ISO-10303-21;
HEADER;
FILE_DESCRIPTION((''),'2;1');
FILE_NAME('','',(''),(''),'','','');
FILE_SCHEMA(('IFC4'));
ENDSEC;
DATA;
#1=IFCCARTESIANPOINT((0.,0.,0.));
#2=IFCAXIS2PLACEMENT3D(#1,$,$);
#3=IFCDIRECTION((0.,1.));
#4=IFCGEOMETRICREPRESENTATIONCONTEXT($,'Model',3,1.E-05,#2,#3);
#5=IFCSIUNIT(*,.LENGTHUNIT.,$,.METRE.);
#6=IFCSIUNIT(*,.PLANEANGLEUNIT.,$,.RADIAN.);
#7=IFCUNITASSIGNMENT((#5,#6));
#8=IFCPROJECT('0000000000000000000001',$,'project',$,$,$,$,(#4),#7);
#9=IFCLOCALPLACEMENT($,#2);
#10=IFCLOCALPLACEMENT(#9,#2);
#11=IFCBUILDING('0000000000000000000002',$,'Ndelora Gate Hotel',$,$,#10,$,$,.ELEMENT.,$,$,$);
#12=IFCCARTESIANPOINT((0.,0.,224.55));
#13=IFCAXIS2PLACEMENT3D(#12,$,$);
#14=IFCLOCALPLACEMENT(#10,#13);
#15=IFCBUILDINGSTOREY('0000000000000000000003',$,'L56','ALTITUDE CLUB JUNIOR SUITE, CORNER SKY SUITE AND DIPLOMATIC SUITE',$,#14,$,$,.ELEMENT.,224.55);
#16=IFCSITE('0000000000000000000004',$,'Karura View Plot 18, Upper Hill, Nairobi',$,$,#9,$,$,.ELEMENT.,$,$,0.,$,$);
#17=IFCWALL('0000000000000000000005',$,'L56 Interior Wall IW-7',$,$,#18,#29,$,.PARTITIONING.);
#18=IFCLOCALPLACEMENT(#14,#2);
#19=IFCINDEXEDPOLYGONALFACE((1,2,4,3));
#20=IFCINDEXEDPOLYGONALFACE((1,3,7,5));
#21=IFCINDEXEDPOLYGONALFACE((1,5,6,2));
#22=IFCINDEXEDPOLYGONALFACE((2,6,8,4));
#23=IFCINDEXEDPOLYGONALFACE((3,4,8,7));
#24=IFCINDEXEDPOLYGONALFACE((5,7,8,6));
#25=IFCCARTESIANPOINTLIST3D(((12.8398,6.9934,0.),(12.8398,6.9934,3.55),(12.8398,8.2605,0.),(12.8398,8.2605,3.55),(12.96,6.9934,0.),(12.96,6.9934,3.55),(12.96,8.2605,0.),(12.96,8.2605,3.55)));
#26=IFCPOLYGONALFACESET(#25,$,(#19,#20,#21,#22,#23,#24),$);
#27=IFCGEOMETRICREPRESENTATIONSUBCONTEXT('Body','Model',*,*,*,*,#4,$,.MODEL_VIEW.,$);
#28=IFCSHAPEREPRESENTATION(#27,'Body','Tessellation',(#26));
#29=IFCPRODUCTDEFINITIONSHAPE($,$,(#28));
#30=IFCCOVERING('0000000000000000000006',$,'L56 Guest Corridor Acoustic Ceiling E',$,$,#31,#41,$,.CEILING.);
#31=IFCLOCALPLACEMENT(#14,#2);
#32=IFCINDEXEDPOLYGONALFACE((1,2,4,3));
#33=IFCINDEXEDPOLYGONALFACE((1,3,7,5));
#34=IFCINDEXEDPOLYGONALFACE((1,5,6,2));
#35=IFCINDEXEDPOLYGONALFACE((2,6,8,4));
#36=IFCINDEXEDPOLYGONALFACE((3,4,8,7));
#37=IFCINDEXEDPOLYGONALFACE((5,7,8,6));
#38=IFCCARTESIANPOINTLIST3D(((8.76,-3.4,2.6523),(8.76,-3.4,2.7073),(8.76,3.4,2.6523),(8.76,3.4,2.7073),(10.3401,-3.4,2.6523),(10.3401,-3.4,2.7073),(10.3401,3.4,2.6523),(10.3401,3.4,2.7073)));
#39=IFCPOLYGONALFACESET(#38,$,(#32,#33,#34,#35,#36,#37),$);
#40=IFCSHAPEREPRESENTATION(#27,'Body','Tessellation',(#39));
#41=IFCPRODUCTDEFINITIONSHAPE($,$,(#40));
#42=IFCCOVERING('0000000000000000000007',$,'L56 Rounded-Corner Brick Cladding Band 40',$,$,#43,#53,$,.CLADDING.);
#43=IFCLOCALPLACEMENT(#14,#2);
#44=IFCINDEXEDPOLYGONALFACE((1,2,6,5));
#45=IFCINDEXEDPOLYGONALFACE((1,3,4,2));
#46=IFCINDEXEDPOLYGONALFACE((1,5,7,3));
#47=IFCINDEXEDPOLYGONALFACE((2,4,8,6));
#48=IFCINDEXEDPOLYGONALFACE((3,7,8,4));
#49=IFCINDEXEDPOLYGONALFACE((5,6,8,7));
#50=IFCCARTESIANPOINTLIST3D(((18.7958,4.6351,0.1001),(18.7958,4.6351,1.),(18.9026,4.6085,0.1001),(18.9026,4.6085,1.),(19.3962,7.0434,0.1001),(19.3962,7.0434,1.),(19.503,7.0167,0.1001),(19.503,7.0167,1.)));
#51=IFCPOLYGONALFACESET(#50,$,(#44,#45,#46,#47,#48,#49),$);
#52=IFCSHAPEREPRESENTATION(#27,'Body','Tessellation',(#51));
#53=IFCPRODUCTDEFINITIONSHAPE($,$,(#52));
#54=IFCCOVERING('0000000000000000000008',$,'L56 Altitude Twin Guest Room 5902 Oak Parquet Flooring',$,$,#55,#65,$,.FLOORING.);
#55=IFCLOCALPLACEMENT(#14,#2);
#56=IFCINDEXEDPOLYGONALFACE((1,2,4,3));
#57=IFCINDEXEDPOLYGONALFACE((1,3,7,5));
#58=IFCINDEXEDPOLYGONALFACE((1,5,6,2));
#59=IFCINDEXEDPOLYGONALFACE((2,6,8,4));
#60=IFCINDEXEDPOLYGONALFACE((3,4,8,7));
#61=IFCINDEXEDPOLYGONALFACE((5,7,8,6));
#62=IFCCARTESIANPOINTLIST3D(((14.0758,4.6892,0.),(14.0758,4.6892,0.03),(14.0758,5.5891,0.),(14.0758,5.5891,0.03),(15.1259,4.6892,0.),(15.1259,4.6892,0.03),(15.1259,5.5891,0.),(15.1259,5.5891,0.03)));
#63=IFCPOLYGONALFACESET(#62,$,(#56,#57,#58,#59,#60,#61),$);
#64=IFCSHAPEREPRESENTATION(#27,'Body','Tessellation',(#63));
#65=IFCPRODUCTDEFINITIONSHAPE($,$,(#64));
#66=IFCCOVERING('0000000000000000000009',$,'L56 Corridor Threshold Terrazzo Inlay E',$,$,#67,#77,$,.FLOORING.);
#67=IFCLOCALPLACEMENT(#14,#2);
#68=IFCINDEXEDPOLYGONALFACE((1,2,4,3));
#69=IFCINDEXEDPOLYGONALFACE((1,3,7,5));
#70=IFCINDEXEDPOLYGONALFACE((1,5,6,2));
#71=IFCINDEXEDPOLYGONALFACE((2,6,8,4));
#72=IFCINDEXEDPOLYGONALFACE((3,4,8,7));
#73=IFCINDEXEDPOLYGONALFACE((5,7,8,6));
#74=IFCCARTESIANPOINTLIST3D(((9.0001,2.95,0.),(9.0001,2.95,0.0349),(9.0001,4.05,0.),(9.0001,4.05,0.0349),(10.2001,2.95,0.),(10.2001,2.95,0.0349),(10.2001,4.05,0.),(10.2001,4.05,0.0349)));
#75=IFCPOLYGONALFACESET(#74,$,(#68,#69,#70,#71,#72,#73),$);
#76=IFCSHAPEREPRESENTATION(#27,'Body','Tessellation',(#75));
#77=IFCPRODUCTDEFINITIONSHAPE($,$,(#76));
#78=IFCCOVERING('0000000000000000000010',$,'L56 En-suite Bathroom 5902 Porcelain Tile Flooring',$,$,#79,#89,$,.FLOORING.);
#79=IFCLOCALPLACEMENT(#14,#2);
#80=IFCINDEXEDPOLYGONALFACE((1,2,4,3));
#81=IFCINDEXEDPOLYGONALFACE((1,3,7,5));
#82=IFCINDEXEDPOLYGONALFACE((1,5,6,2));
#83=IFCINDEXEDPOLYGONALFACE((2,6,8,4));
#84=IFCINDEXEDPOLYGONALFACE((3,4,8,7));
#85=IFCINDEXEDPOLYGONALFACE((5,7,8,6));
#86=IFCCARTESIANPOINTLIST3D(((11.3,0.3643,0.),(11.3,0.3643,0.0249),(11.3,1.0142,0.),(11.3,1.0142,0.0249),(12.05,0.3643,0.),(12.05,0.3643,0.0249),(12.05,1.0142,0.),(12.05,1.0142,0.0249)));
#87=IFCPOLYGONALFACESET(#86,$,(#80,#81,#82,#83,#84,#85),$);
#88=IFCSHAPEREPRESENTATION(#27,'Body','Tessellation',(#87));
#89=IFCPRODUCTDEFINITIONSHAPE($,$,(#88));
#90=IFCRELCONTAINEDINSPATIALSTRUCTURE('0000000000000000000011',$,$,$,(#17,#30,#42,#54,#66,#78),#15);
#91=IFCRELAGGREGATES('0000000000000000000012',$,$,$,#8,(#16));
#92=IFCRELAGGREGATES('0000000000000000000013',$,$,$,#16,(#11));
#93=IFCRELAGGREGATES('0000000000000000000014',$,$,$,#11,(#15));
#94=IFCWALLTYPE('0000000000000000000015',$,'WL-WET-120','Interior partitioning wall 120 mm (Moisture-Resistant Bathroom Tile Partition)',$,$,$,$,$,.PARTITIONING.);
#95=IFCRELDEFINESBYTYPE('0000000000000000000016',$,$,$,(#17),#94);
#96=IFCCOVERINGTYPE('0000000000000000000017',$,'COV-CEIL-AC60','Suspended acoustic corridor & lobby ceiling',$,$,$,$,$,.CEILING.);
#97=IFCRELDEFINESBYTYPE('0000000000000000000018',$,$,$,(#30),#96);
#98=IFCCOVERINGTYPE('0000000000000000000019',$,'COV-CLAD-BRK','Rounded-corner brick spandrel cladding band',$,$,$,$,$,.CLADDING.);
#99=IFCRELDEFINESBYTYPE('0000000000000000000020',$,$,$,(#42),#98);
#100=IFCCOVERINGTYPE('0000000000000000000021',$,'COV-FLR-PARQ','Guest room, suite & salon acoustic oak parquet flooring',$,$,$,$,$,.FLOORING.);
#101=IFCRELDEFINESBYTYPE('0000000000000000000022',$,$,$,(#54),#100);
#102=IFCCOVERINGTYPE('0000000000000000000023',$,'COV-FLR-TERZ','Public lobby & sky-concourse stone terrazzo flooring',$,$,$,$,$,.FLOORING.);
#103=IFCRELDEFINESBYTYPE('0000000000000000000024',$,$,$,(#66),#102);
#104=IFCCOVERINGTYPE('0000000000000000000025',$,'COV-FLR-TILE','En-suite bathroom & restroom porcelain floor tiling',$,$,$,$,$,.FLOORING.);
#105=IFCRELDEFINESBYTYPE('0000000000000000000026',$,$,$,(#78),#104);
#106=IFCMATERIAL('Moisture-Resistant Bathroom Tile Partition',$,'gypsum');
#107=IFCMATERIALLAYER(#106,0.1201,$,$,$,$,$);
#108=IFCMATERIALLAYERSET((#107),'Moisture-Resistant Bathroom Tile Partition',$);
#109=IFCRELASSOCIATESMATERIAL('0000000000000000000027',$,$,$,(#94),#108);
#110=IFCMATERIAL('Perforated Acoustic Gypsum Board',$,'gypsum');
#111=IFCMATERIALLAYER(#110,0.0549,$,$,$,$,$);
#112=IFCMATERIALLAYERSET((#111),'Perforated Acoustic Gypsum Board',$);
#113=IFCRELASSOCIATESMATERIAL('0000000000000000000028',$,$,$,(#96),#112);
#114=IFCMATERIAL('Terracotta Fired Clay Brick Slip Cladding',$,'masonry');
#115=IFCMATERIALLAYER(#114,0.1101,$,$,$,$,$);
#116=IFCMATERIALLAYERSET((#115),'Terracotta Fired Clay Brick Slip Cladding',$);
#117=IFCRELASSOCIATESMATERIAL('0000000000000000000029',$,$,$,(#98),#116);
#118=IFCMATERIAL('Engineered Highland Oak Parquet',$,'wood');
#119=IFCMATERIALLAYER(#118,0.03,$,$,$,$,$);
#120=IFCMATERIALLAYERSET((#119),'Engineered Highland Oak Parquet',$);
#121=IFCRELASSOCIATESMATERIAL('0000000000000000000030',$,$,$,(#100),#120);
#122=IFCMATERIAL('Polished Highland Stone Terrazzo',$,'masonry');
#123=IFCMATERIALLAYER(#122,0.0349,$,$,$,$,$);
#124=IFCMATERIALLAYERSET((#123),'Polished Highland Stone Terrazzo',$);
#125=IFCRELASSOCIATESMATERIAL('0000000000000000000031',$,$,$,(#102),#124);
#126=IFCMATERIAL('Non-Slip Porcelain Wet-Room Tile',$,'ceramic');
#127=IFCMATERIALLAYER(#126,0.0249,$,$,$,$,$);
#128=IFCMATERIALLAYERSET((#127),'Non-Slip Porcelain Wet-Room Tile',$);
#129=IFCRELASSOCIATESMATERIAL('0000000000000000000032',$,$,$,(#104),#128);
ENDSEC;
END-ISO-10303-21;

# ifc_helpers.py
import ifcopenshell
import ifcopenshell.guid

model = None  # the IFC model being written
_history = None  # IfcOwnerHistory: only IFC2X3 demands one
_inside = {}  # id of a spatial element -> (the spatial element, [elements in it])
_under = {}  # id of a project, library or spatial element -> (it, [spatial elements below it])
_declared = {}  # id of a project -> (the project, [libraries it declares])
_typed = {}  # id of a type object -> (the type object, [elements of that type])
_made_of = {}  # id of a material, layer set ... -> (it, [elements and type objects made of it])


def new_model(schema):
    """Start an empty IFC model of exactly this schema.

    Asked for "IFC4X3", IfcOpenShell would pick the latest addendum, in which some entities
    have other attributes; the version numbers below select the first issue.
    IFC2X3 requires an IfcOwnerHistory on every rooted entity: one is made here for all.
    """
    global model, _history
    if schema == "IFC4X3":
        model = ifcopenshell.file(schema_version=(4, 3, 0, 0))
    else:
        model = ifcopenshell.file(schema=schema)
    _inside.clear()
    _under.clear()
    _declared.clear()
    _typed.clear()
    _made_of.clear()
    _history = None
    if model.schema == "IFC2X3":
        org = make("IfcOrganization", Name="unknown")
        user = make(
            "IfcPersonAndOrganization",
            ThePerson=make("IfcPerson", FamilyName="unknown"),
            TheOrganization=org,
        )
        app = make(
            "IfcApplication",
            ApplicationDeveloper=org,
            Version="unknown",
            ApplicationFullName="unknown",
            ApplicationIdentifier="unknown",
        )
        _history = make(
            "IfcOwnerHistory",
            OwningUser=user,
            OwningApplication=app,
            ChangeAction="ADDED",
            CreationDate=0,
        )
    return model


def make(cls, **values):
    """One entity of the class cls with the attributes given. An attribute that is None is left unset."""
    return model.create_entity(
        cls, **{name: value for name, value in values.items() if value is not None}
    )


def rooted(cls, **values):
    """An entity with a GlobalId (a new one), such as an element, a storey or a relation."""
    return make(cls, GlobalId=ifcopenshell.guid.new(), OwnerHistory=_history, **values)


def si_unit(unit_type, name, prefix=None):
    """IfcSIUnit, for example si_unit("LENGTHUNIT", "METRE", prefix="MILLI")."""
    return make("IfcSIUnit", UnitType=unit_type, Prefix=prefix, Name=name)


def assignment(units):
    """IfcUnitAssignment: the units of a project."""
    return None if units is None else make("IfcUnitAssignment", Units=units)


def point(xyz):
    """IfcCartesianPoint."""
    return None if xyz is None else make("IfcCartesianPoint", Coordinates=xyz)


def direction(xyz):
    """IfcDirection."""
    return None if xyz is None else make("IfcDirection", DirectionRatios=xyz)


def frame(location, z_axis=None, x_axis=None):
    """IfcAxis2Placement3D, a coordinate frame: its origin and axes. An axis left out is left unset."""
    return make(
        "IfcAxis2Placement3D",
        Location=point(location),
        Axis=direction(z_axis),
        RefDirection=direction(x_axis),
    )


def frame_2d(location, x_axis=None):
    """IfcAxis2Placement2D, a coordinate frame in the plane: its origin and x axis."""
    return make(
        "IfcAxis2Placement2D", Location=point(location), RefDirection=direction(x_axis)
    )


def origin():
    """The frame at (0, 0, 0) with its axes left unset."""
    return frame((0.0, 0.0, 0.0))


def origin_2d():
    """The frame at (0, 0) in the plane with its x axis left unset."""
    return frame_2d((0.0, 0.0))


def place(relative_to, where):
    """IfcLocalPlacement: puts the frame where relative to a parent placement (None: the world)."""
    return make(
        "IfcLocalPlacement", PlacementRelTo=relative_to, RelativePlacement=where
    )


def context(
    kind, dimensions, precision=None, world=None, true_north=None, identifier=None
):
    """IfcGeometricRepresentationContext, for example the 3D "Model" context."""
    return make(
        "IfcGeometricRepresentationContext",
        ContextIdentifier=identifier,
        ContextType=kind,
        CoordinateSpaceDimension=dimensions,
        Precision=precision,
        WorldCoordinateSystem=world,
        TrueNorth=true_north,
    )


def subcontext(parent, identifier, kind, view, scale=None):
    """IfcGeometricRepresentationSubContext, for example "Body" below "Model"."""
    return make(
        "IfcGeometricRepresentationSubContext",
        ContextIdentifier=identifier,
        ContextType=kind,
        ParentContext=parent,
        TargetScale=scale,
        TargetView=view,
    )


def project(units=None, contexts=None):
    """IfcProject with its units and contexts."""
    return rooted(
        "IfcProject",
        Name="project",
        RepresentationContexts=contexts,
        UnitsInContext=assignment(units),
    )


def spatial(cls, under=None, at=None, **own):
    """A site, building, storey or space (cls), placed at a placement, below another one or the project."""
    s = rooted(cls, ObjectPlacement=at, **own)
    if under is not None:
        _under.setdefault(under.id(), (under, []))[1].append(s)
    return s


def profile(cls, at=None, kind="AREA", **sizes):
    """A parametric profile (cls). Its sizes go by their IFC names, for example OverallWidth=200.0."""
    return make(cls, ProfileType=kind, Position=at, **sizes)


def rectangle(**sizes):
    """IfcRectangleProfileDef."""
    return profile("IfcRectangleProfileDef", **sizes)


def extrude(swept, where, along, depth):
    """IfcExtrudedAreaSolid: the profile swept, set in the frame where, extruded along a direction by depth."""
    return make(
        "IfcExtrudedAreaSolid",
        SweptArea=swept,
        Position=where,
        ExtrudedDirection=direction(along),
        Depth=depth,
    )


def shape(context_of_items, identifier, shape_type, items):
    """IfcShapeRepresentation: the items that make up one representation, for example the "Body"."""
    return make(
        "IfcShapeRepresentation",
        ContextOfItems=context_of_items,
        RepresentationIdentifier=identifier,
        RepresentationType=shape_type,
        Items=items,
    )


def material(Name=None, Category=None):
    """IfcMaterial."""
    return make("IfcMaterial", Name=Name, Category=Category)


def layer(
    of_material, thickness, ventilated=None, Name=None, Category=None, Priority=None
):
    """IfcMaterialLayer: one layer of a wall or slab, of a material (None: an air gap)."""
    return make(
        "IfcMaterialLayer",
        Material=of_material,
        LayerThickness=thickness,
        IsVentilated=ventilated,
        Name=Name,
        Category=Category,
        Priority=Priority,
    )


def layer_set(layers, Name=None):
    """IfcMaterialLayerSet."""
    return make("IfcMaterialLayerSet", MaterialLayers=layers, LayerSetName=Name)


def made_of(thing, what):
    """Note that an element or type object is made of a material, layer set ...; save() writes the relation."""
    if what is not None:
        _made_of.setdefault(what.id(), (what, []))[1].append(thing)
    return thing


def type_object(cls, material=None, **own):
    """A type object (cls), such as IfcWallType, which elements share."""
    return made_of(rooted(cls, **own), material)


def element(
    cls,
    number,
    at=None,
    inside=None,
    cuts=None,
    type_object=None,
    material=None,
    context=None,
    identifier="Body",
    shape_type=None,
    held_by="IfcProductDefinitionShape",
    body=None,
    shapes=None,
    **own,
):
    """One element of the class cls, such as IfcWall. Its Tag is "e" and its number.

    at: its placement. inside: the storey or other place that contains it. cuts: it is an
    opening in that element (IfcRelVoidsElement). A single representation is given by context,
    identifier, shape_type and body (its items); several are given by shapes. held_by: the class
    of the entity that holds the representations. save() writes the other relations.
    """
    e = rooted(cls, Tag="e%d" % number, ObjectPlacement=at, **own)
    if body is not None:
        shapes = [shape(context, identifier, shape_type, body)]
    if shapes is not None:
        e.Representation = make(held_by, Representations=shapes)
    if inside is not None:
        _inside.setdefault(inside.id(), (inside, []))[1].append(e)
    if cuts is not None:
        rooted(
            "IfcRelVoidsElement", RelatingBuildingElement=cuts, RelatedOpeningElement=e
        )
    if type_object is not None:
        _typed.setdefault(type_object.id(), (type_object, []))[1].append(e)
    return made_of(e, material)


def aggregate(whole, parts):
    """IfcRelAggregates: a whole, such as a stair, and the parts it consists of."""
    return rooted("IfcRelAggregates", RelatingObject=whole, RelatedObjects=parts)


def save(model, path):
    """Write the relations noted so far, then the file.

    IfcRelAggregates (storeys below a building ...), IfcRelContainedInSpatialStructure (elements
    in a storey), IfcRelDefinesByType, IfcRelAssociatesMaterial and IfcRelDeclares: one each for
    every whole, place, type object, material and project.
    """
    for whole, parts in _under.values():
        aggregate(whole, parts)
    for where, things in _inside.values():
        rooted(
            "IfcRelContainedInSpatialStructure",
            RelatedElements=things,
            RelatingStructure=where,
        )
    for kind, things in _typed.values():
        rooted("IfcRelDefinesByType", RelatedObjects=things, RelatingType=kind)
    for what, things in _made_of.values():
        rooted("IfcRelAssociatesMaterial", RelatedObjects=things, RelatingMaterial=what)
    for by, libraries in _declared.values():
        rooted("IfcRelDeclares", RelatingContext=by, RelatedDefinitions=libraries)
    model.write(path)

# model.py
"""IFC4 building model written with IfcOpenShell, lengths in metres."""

from ifc_helpers import new_model, si_unit, direction, frame, frame_2d, origin, origin_2d, place, context, subcontext, project, spatial, rectangle, extrude, material, layer, layer_set, type_object, element, save


model = new_model("IFC4")

# Units and contexts
model_context = context("Model", 3, precision=1e-05, world=origin(), true_north=direction((0.0, 1.0)))
body_context = subcontext(model_context, "Body", "Model", "MODEL_VIEW")
ifc_project = project(units=[si_unit("LENGTHUNIT", "METRE"), si_unit("PLANEANGLEUNIT", "RADIAN")], contexts=[model_context])

# Site, building, storey
site_placement = place(None, origin())
site = spatial("IfcSite", under=ifc_project, at=site_placement, Name="Karura View Plot 18, Upper Hill, Nairobi", CompositionType="ELEMENT", RefElevation=0.0)
building_placement = place(site_placement, origin())
building = spatial("IfcBuilding", under=site, at=building_placement, Name="Ndelora Gate Hotel", CompositionType="ELEMENT")
storey_placement = place(building_placement, frame((0.0, 0.0, 224.55)))
storey = spatial("IfcBuildingStorey", under=building, at=storey_placement, Name="L56", Description="ALTITUDE CLUB JUNIOR SUITE, CORNER SKY SUITE AND DIPLOMATIC SUITE", CompositionType="ELEMENT", Elevation=224.55)

# Shared definitions
ifc_material_1 = material(Name="Moisture-Resistant Bathroom Tile Partition", Category="gypsum")
ifc_layer_1 = layer(ifc_material_1, 0.1201)
ifc_layer_set_1 = layer_set([ifc_layer_1], Name="Moisture-Resistant Bathroom Tile Partition")
wall_type_1 = type_object("IfcWallType", Name="WL-WET-120", Description="Interior partitioning wall 120 mm (Moisture-Resistant Bathroom Tile Partition)", PredefinedType="PARTITIONING", material=ifc_layer_set_1)

# Wall
wall_1_placement = place(storey_placement, frame((12.8999, 6.9934, 0.0), z_axis=(0.0, 0.0, 1.0), x_axis=(0.0, 1.0, 0.0)))
element("IfcWall", 1, at=wall_1_placement, inside=storey, type_object=wall_type_1, Name="L56 Interior Wall IW-7", PredefinedType="PARTITIONING", context=body_context, shape_type="SweptSolid", body=[
    extrude(rectangle(XDim=1.2671, YDim=0.1201, at=frame_2d((0.6335, 0.0))), origin(), (0.0, 0.0, 1.0), 3.55),
])

# Coverings
ifc_material_2 = material(Name="Perforated Acoustic Gypsum Board", Category="gypsum")
ifc_layer_2 = layer(ifc_material_2, 0.0549)
ifc_layer_set_2 = layer_set([ifc_layer_2], Name="Perforated Acoustic Gypsum Board")
covering_type_1 = type_object("IfcCoveringType", Name="COV-CEIL-AC60", Description="Suspended acoustic corridor & lobby ceiling", PredefinedType="CEILING", material=ifc_layer_set_2)
covering_1_placement = place(storey_placement, frame((9.55, 0.0, 2.6523), z_axis=(0.0, 0.0, 1.0), x_axis=(1.0, 0.0, 0.0)))
element("IfcCovering", 2, at=covering_1_placement, inside=storey, type_object=covering_type_1, Name="L56 Guest Corridor Acoustic Ceiling E", PredefinedType="CEILING", context=body_context, shape_type="SweptSolid", body=[
    extrude(rectangle(XDim=1.5801, YDim=6.8, at=origin_2d()), origin(), (0.0, 0.0, 1.0), 0.0549),
])
ifc_material_3 = material(Name="Terracotta Fired Clay Brick Slip Cladding", Category="masonry")
ifc_layer_3 = layer(ifc_material_3, 0.1101)
ifc_layer_set_3 = layer_set([ifc_layer_3], Name="Terracotta Fired Clay Brick Slip Cladding")
covering_type_2 = type_object("IfcCoveringType", Name="COV-CLAD-BRK", Description="Rounded-corner brick spandrel cladding band", PredefinedType="CLADDING", material=ifc_layer_set_3)
covering_2_placement = place(storey_placement, frame((19.1494, 5.8259, 0.1001), z_axis=(0.0, 0.0, 1.0), x_axis=(0.241922, 0.970296, 0.0)))
element("IfcCovering", 3, at=covering_2_placement, inside=storey, type_object=covering_type_2, Name="L56 Rounded-Corner Brick Cladding Band 40", PredefinedType="CLADDING", context=body_context, shape_type="SweptSolid", body=[
    extrude(rectangle(XDim=2.4819, YDim=0.1101, at=origin_2d()), origin(), (0.0, 0.0, 1.0), 0.8999),
])
ifc_material_4 = material(Name="Engineered Highland Oak Parquet", Category="wood")
ifc_layer_4 = layer(ifc_material_4, 0.03)
ifc_layer_set_4 = layer_set([ifc_layer_4], Name="Engineered Highland Oak Parquet")
covering_type_3 = type_object("IfcCoveringType", Name="COV-FLR-PARQ", Description="Guest room, suite & salon acoustic oak parquet flooring", PredefinedType="FLOORING", material=ifc_layer_set_4)
covering_3_placement = place(storey_placement, frame((14.6008, 5.1392, 0.0), z_axis=(0.0, 0.0, 1.0), x_axis=(1.0, 0.0, 0.0)))
element("IfcCovering", 4, at=covering_3_placement, inside=storey, type_object=covering_type_3, Name="L56 Altitude Twin Guest Room 5902 Oak Parquet Flooring", PredefinedType="FLOORING", context=body_context, shape_type="SweptSolid", body=[
    extrude(rectangle(XDim=1.05, YDim=0.8999, at=origin_2d()), origin(), (0.0, 0.0, 1.0), 0.03),
])
ifc_material_5 = material(Name="Polished Highland Stone Terrazzo", Category="masonry")
ifc_layer_5 = layer(ifc_material_5, 0.0349)
ifc_layer_set_5 = layer_set([ifc_layer_5], Name="Polished Highland Stone Terrazzo")
covering_type_4 = type_object("IfcCoveringType", Name="COV-FLR-TERZ", Description="Public lobby & sky-concourse stone terrazzo flooring", PredefinedType="FLOORING", material=ifc_layer_set_5)
covering_4_placement = place(storey_placement, frame((9.6001, 3.5, 0.0), z_axis=(0.0, 0.0, 1.0), x_axis=(1.0, 0.0, 0.0)))
element("IfcCovering", 5, at=covering_4_placement, inside=storey, type_object=covering_type_4, Name="L56 Corridor Threshold Terrazzo Inlay E", PredefinedType="FLOORING", context=body_context, shape_type="SweptSolid", body=[
    extrude(rectangle(XDim=1.2, YDim=1.1001, at=origin_2d()), origin(), (0.0, 0.0, 1.0), 0.0349),
])
ifc_material_6 = material(Name="Non-Slip Porcelain Wet-Room Tile", Category="ceramic")
ifc_layer_6 = layer(ifc_material_6, 0.0249)
ifc_layer_set_6 = layer_set([ifc_layer_6], Name="Non-Slip Porcelain Wet-Room Tile")
covering_type_5 = type_object("IfcCoveringType", Name="COV-FLR-TILE", Description="En-suite bathroom & restroom porcelain floor tiling", PredefinedType="FLOORING", material=ifc_layer_set_6)
covering_5_placement = place(storey_placement, frame((11.675, 0.6892, 0.0), z_axis=(0.0, 0.0, 1.0), x_axis=(1.0, 0.0, 0.0)))
element("IfcCovering", 6, at=covering_5_placement, inside=storey, type_object=covering_type_5, Name="L56 En-suite Bathroom 5902 Porcelain Tile Flooring", PredefinedType="FLOORING", context=body_context, shape_type="SweptSolid", body=[
    extrude(rectangle(XDim=0.75, YDim=0.6499, at=origin_2d()), origin(), (0.0, 0.0, 1.0), 0.0249),
])

save(model, "model.ifc")
